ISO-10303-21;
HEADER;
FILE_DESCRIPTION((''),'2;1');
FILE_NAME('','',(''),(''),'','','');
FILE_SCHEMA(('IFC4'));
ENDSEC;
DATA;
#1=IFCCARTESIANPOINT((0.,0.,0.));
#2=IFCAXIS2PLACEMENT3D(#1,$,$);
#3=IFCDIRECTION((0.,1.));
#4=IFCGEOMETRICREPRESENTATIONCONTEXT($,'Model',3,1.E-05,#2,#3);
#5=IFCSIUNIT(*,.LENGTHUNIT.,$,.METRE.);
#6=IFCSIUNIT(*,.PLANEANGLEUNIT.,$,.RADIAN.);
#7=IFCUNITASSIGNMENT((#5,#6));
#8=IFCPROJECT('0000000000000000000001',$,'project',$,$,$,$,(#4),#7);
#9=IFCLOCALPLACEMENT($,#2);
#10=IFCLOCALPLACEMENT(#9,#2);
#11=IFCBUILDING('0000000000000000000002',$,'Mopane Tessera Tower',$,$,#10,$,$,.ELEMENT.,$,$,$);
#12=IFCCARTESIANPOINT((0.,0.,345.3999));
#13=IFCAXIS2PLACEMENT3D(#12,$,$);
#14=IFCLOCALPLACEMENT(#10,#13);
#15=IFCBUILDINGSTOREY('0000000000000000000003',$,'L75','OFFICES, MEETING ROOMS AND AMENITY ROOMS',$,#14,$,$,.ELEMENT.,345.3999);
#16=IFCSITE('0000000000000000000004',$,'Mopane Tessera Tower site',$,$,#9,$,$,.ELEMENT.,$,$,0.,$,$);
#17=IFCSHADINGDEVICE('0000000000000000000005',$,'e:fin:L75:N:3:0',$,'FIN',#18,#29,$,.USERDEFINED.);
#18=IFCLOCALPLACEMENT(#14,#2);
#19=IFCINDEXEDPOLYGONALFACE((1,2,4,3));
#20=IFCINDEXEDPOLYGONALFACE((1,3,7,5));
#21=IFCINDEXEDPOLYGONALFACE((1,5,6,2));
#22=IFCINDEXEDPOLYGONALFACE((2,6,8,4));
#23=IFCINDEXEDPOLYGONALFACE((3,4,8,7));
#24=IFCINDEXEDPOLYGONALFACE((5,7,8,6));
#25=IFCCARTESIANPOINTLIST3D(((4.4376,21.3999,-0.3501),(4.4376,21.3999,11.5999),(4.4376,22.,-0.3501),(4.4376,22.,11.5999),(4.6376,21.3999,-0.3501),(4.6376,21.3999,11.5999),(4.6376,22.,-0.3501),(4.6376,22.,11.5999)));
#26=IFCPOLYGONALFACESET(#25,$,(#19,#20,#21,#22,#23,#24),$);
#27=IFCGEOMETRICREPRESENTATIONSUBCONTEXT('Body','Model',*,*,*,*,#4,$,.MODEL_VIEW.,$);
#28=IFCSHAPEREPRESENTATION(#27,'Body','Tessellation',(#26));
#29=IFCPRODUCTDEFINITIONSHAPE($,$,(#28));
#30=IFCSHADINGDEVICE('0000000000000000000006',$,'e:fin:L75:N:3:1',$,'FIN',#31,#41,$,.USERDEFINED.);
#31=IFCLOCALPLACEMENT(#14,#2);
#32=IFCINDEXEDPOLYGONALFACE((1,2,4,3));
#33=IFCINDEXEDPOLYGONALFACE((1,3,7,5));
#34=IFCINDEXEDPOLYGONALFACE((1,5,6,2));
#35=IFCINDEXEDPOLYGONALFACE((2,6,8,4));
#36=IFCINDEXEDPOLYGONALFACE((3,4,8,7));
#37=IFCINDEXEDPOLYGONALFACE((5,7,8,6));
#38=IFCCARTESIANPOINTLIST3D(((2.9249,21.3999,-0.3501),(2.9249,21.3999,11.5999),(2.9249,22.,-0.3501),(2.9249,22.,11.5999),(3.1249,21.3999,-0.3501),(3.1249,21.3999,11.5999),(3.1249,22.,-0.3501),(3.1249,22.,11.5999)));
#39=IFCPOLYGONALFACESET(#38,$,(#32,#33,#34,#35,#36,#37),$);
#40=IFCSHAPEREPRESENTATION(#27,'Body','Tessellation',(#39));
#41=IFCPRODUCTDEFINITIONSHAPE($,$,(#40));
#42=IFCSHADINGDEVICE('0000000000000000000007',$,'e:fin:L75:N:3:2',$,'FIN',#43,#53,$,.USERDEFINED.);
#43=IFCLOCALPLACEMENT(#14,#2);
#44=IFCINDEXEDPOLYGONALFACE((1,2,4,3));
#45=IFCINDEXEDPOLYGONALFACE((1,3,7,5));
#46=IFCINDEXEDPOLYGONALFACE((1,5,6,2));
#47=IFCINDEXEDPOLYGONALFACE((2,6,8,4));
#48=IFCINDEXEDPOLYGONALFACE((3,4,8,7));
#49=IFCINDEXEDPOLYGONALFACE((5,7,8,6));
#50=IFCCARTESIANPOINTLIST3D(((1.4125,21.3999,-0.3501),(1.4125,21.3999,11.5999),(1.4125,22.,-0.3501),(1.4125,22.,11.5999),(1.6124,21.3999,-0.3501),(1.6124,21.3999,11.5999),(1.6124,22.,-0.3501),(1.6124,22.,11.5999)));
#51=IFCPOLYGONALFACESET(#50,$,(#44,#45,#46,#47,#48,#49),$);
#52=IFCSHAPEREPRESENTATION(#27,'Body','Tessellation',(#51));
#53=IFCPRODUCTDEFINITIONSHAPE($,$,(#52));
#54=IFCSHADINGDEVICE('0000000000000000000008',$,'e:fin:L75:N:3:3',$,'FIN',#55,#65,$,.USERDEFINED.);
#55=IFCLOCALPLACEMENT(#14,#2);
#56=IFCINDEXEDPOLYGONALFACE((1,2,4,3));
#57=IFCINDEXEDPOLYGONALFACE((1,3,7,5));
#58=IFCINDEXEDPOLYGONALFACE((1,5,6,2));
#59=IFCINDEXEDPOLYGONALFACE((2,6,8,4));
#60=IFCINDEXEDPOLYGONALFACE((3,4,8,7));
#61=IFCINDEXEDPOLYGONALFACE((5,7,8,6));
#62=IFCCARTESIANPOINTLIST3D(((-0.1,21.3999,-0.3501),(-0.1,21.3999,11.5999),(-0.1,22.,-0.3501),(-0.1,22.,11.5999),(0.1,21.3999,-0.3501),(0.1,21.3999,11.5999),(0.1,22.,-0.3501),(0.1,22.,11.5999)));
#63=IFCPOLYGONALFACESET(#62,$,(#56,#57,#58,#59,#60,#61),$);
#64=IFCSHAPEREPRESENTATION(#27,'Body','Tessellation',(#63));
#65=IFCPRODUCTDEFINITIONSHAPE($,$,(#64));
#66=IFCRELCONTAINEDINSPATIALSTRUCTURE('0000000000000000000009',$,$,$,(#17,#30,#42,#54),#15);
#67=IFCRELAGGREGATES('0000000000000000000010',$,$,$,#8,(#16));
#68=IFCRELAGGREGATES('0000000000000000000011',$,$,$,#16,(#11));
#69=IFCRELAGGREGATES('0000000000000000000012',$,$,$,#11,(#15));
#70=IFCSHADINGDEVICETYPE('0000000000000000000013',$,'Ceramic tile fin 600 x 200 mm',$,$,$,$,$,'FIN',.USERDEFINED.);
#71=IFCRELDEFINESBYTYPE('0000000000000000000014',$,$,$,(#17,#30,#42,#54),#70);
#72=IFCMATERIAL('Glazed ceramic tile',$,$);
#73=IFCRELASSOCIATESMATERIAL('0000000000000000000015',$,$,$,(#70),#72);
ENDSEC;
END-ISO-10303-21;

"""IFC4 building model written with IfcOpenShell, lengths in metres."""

from ifc_helpers import new_model, si_unit, direction, frame, origin, origin_2d, place, context, subcontext, project, spatial, rectangle, extrude, material, type_object, element, save


model = new_model("IFC4")

# Units and contexts
model_context = context("Model", 3, precision=1e-05, world=origin(), true_north=direction((0.0, 1.0)))
body_context = subcontext(model_context, "Body", "Model", "MODEL_VIEW")
ifc_project = project(units=[si_unit("LENGTHUNIT", "METRE"), si_unit("PLANEANGLEUNIT", "RADIAN")], contexts=[model_context])

# Site, building, storey
site_placement = place(None, origin())
site = spatial("IfcSite", under=ifc_project, at=site_placement, Name="Mopane Tessera Tower site", CompositionType="ELEMENT", RefElevation=0.0)
building_placement = place(site_placement, origin())
building = spatial("IfcBuilding", under=site, at=building_placement, Name="Mopane Tessera Tower", CompositionType="ELEMENT")
storey_placement = place(building_placement, frame((0.0, 0.0, 345.3999)))
storey = spatial("IfcBuildingStorey", under=building, at=storey_placement, Name="L75", Description="OFFICES, MEETING ROOMS AND AMENITY ROOMS", CompositionType="ELEMENT", Elevation=345.3999)

# Shading devices
ifc_material_1 = material(Name="Glazed ceramic tile")
shading_device_type = type_object("IfcShadingDeviceType", Name="Ceramic tile fin 600 x 200 mm", ElementType="FIN", PredefinedType="USERDEFINED", material=ifc_material_1)
for number, where, z_axis, x_axis, name in (
    (1, (4.5376, 21.7, -0.3501), (0.0, 0.0, 1.0), (-1.0, 0.0, 0.0), "e:fin:L75:N:3:0"),
    (2, (3.0249, 21.7, -0.3501), (0.0, 0.0, 1.0), (-1.0, 0.0, 0.0), "e:fin:L75:N:3:1"),
    (3, (1.5125, 21.7, -0.3501), (0.0, 0.0, 1.0), (-1.0, 0.0, 0.0), "e:fin:L75:N:3:2"),
    (4, (0.0, 21.7, -0.3501), (0.0, 0.0, 1.0), (-1.0, 0.0, 0.0), "e:fin:L75:N:3:3"),
):
    element("IfcShadingDevice", number, at=place(storey_placement, frame(where, z_axis=z_axis, x_axis=x_axis)), inside=storey, type_object=shading_device_type, Name=name, ObjectType="FIN", PredefinedType="USERDEFINED", context=body_context, shape_type="SweptSolid", body=[
        extrude(rectangle(XDim=0.2, YDim=0.6001, at=origin_2d()), origin(), (0.0, 0.0, 1.0), 11.95),
    ])

save(model, "model.ifc")
